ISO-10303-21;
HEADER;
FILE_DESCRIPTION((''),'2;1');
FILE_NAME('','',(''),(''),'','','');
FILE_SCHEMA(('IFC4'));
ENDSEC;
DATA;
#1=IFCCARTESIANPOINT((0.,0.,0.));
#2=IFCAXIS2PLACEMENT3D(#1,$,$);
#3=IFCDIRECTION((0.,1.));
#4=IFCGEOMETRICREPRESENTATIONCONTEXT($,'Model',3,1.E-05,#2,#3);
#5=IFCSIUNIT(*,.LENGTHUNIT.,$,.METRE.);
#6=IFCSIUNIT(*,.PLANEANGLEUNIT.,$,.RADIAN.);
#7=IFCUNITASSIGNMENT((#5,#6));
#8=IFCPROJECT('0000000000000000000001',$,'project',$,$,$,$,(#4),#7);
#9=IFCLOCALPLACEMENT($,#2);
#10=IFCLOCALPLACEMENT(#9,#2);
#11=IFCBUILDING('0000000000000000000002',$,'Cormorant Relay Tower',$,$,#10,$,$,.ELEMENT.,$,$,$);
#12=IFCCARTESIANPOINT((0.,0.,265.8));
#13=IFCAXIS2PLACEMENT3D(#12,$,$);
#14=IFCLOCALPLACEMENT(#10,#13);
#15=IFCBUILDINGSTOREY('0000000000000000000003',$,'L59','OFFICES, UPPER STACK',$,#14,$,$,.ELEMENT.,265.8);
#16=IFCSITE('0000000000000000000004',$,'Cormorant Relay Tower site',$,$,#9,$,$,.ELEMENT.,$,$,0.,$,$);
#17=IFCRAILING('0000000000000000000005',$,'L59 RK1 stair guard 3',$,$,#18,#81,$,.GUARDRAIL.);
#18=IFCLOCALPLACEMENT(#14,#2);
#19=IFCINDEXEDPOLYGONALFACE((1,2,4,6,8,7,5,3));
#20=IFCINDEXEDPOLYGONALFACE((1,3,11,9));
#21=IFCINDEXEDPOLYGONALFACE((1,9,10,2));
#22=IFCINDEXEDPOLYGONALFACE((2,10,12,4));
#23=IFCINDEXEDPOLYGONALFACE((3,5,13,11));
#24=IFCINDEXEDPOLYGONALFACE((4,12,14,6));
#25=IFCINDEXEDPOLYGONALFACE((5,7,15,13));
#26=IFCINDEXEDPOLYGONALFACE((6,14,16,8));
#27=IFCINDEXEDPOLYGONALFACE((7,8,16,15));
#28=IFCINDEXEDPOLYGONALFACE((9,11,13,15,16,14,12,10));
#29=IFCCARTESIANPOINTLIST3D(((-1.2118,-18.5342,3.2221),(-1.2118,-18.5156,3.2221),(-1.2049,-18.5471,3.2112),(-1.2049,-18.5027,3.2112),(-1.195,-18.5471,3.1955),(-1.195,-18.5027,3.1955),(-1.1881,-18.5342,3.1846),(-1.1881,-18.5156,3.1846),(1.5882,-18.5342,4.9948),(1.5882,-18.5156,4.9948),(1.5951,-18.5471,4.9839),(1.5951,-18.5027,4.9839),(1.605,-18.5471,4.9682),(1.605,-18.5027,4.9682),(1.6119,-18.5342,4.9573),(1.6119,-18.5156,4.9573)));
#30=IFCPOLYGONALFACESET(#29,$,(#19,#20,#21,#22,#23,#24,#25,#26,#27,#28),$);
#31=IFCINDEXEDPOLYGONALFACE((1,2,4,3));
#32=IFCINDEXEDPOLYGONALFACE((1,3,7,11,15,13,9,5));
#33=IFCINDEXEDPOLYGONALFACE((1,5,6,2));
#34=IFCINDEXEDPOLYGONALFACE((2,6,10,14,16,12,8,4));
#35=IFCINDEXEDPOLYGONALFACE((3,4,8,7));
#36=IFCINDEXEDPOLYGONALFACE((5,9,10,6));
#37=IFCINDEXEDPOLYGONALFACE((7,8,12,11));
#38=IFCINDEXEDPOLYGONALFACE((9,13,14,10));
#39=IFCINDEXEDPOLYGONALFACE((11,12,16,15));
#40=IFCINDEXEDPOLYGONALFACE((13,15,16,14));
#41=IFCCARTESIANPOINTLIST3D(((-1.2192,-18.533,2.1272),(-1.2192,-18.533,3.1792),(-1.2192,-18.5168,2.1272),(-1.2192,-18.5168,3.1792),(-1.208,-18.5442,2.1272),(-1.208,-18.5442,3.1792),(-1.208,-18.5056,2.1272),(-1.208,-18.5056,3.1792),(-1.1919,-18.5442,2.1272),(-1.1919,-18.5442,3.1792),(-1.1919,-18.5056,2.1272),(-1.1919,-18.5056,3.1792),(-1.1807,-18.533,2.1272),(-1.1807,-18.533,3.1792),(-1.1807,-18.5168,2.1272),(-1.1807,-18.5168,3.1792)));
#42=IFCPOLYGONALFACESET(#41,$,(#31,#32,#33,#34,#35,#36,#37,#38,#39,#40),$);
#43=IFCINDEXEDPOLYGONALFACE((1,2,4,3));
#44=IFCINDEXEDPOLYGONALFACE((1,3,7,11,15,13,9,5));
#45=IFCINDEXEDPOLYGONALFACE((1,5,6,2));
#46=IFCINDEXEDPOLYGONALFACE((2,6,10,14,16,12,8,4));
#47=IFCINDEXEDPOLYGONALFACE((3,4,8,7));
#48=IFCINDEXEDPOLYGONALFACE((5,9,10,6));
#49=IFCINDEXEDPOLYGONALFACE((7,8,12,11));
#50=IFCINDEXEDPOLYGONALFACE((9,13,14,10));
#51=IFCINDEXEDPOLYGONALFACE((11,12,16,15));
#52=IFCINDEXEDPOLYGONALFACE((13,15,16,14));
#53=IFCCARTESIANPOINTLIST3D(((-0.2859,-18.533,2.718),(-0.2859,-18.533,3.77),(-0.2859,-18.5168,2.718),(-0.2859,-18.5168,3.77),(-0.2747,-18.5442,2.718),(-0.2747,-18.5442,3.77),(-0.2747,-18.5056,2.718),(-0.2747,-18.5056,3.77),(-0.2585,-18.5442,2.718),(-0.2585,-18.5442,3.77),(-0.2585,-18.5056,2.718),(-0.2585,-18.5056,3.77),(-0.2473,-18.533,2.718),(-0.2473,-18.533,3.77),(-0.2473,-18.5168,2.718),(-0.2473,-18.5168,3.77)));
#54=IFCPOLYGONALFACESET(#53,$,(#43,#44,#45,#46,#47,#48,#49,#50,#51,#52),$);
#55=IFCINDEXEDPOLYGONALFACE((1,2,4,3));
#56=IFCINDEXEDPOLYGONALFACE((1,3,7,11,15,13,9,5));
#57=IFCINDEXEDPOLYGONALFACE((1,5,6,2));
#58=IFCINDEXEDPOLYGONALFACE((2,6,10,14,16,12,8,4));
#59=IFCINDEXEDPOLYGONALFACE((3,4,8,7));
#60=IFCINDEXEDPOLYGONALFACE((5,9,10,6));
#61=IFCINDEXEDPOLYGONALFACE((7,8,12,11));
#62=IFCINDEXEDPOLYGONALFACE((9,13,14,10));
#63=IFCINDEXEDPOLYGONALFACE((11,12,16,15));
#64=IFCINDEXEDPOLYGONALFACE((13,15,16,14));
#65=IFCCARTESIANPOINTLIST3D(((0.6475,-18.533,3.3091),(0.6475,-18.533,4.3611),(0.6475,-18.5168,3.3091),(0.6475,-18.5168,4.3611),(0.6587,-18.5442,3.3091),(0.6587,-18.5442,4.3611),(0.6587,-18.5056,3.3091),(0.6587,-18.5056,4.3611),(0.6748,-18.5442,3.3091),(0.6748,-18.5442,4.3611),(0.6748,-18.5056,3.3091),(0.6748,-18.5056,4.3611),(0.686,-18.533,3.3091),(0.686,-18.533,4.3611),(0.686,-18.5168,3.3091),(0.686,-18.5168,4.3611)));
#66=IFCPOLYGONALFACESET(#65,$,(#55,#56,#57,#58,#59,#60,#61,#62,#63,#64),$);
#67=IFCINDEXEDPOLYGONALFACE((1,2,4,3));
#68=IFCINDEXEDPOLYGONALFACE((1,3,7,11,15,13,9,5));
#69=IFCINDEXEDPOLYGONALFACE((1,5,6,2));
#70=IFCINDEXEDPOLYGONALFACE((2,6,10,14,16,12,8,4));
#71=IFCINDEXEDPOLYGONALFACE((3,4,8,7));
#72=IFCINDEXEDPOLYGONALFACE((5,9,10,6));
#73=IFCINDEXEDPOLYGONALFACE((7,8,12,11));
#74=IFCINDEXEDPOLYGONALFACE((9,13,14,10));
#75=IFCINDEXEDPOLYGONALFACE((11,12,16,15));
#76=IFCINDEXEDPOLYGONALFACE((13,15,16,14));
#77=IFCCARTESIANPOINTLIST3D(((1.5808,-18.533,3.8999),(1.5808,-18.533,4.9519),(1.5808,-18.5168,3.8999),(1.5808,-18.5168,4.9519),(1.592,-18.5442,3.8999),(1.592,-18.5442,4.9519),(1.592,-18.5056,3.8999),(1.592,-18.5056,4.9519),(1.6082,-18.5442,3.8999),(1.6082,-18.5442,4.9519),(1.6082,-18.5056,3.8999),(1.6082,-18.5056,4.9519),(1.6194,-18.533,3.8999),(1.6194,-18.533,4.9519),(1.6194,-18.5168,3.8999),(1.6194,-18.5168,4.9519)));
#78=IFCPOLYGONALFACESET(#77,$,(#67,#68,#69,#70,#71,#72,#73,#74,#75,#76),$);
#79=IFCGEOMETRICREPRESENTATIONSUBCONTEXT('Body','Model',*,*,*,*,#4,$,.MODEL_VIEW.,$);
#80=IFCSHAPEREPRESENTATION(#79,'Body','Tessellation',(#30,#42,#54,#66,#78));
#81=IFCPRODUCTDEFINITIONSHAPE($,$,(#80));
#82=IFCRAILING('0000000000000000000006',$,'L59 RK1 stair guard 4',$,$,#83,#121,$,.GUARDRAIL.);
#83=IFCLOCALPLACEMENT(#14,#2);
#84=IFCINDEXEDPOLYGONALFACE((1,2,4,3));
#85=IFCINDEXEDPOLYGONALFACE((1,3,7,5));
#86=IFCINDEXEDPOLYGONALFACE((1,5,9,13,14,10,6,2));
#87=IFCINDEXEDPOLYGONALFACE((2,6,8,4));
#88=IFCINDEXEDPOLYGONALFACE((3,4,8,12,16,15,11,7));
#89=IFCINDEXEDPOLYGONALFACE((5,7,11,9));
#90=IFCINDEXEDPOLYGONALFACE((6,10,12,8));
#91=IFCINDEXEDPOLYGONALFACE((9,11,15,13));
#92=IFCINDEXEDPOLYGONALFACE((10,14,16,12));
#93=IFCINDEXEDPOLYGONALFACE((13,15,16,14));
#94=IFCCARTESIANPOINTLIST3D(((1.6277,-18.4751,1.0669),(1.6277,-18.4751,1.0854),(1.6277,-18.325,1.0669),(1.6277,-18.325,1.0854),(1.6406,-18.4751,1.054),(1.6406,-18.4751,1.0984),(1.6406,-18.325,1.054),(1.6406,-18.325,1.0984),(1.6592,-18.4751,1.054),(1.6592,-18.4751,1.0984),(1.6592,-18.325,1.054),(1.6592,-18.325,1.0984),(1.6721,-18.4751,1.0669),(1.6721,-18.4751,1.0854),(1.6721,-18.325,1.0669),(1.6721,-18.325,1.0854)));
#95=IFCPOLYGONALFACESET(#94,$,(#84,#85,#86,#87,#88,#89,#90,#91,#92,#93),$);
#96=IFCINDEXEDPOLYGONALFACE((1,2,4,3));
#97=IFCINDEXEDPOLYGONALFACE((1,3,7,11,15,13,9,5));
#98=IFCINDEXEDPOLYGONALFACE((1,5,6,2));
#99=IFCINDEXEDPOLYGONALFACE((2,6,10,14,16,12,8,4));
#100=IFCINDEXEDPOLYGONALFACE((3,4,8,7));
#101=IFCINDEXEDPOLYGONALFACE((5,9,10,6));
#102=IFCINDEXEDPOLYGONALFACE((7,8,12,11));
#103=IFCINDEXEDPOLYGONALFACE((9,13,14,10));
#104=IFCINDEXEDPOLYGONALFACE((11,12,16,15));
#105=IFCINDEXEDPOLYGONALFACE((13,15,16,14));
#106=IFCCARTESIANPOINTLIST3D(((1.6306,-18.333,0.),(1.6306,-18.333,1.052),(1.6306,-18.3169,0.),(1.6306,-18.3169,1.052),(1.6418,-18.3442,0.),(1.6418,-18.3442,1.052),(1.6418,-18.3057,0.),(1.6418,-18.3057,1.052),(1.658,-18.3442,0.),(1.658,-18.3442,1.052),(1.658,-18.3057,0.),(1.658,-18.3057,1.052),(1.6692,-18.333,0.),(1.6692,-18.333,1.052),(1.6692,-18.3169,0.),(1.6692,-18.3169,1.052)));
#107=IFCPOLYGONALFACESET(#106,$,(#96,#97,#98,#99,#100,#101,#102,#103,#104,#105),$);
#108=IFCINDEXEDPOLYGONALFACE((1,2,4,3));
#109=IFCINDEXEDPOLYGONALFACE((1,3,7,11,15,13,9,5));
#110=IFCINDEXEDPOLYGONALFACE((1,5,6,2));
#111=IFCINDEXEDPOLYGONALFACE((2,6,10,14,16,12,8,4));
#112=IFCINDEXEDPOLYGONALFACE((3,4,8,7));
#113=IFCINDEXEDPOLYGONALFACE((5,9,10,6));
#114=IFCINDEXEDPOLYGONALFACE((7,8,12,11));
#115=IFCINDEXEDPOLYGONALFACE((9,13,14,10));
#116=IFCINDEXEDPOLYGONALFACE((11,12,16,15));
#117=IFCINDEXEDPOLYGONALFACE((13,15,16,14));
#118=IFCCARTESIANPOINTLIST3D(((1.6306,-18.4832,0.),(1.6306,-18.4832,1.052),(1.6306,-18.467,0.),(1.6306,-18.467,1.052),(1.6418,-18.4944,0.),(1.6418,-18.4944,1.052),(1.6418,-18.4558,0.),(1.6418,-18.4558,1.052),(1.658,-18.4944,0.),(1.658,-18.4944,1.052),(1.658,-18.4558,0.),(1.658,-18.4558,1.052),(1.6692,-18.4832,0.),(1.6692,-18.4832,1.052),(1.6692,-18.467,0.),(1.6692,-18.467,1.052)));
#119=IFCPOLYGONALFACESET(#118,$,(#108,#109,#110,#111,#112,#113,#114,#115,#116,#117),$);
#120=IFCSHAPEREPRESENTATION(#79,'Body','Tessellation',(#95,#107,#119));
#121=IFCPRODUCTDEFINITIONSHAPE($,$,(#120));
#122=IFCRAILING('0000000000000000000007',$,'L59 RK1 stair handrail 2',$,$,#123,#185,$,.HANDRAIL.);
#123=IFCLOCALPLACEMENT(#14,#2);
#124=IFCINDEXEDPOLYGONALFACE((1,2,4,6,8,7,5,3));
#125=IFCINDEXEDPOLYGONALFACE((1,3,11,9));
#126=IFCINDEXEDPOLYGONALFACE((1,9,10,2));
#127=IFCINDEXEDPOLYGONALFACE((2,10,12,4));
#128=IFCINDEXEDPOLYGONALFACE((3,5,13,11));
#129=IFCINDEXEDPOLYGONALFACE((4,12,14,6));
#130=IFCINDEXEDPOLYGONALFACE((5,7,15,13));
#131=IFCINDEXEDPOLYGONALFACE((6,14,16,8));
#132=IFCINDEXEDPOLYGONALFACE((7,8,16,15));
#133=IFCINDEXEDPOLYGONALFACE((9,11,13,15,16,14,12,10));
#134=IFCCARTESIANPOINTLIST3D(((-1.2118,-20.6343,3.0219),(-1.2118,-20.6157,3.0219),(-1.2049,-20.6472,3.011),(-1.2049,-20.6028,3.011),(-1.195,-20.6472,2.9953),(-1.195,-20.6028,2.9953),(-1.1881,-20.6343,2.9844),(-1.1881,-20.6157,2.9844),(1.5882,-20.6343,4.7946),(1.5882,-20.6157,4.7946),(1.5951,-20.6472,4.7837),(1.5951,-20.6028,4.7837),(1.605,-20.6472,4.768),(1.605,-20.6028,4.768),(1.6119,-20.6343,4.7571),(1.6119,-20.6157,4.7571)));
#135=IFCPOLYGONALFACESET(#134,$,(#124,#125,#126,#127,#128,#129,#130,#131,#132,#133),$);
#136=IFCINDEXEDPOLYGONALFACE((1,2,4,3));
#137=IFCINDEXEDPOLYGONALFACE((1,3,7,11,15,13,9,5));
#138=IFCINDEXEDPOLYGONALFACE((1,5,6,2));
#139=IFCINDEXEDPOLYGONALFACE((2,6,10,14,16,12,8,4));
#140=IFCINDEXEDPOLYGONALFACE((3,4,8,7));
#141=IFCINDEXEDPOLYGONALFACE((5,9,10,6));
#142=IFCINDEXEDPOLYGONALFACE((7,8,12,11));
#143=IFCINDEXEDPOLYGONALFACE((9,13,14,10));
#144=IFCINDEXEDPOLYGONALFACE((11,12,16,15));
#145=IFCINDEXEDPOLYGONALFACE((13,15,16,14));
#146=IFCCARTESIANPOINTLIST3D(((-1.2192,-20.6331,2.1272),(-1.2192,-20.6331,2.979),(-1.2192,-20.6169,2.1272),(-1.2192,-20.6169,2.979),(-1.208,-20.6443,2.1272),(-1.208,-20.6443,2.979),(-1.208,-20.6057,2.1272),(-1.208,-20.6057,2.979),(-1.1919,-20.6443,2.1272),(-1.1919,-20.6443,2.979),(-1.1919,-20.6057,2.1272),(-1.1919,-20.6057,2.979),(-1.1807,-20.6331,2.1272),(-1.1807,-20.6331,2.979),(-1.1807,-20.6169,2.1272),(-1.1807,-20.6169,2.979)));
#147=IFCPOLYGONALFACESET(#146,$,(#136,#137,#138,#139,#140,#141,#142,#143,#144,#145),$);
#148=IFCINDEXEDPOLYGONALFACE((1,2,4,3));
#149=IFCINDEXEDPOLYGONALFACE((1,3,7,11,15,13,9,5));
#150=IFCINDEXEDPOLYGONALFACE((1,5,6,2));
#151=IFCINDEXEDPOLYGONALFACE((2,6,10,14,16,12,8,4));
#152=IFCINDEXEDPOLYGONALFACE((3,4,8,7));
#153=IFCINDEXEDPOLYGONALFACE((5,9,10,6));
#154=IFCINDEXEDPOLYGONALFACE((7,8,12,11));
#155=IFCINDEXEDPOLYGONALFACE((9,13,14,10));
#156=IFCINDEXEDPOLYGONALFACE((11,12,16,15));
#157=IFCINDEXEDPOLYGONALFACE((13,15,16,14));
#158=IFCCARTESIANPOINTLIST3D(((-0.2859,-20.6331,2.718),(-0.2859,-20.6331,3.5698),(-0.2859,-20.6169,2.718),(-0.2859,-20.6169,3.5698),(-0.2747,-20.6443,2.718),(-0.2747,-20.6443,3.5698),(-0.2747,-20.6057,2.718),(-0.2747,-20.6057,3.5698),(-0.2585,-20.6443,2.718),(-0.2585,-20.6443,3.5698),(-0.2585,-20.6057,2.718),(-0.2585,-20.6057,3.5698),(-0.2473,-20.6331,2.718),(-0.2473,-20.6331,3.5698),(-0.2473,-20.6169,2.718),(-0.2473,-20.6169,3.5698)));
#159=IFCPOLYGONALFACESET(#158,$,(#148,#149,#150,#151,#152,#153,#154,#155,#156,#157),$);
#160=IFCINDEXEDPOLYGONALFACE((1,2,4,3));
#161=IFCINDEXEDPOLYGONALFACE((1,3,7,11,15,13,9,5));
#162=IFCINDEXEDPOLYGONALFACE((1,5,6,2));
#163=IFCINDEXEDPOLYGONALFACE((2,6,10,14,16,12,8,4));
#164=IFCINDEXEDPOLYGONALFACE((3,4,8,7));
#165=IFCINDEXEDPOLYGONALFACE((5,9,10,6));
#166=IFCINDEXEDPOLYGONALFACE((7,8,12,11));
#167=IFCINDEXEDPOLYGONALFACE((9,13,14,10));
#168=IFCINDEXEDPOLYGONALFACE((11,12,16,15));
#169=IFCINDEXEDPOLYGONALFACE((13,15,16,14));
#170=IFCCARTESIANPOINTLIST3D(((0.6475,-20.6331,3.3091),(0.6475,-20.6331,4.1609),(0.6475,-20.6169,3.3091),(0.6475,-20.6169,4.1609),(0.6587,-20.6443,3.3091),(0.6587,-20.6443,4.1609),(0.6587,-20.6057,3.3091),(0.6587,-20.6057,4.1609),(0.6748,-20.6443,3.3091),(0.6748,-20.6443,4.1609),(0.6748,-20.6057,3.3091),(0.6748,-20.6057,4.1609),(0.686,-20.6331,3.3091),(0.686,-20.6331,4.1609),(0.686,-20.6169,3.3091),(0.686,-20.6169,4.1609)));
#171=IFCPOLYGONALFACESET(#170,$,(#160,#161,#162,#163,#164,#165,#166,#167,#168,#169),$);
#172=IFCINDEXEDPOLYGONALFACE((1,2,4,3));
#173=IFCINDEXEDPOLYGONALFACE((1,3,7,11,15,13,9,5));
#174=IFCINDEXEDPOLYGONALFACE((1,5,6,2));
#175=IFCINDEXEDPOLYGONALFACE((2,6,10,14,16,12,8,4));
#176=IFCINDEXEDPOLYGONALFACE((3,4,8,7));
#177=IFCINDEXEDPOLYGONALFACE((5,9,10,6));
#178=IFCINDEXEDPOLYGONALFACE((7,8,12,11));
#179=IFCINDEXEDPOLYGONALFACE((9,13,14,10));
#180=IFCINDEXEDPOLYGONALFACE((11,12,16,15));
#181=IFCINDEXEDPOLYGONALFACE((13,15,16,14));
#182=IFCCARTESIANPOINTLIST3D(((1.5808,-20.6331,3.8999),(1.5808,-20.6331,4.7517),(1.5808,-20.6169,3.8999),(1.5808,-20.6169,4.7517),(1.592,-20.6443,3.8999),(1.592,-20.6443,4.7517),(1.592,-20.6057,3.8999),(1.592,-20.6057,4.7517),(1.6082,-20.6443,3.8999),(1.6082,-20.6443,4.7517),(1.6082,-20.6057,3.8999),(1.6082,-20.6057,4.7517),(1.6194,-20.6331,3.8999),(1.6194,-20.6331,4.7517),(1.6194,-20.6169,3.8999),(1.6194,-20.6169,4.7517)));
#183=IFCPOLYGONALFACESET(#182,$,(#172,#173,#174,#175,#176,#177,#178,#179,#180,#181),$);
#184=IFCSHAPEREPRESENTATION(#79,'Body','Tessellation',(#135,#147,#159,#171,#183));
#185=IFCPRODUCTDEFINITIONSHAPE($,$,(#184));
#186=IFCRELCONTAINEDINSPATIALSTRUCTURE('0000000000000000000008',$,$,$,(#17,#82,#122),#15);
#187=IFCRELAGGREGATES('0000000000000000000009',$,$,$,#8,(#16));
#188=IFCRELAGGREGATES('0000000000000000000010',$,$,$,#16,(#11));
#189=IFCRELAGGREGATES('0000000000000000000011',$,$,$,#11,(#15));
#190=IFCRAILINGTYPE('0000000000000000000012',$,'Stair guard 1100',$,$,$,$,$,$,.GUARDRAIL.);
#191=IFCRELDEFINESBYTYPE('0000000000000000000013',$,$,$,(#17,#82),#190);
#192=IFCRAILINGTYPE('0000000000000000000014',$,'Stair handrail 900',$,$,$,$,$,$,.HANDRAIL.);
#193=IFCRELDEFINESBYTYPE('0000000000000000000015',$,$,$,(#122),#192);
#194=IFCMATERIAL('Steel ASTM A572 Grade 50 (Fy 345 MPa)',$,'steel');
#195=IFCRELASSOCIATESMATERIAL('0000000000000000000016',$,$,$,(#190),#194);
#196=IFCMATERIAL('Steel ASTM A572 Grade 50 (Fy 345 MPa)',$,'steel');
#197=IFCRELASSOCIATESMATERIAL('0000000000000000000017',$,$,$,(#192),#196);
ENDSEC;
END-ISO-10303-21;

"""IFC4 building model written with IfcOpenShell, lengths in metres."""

from ifc_helpers import new_model, si_unit, direction, frame, origin, place, context, subcontext, project, spatial, polyline, outline, extrude, material, type_object, element, save


model = new_model("IFC4")

# Units and contexts
model_context = context("Model", 3, precision=1e-05, world=origin(), true_north=direction((0.0, 1.0)))
body_context = subcontext(model_context, "Body", "Model", "MODEL_VIEW")
ifc_project = project(units=[si_unit("LENGTHUNIT", "METRE"), si_unit("PLANEANGLEUNIT", "RADIAN")], contexts=[model_context])

# Site, building, storey
site_placement = place(None, origin())
site = spatial("IfcSite", under=ifc_project, at=site_placement, Name="Cormorant Relay Tower site", CompositionType="ELEMENT", RefElevation=0.0)
building_placement = place(site_placement, origin())
building = spatial("IfcBuilding", under=site, at=building_placement, Name="Cormorant Relay Tower", CompositionType="ELEMENT")
storey_placement = place(building_placement, frame((0.0, 0.0, 265.8)))
storey = spatial("IfcBuildingStorey", under=building, at=storey_placement, Name="L59", Description="OFFICES, UPPER STACK", CompositionType="ELEMENT", Elevation=265.8)

# Railings
ifc_material_1 = material(Name="Steel ASTM A572 Grade 50 (Fy 345 MPa)", Category="steel")
railing_type_1 = type_object("IfcRailingType", Name="Stair guard 1100", PredefinedType="GUARDRAIL", material=ifc_material_1)
railing_1_placement = place(storey_placement, frame((-1.2, -18.5249, 2.1272)))
element("IfcRailing", 1, at=railing_1_placement, inside=storey, type_object=railing_type_1, Name="L59 RK1 stair guard 3", PredefinedType="GUARDRAIL", context=body_context, shape_type="SweptSolid", body=[
    extrude(outline(polyline([(0.0222, 0.0093), (0.0093, 0.0222), (-0.0093, 0.0222), (-0.0222, 0.0093), (-0.0222, -0.0093), (-0.0093, -0.0222), (0.0093, -0.0222), (0.0222, -0.0093), (0.0222, 0.0093)])), frame((0.0, 0.0, 1.0762), z_axis=(0.844909, 0.0, 0.53491), x_axis=(0.0, 1.0, 0.0)), (0.0, 0.0, 1.0), 3.314),
    extrude(outline(polyline([(0.0193, 0.0081), (0.0081, 0.0193), (-0.0081, 0.0193), (-0.0193, 0.0081), (-0.0193, -0.0081), (-0.0081, -0.0193), (0.0081, -0.0193), (0.0193, -0.0081), (0.0193, 0.0081)])), origin(), (0.0, 0.0, 1.0), 1.052),
    extrude(outline(polyline([(0.0193, 0.0081), (0.0081, 0.0193), (-0.0081, 0.0193), (-0.0193, 0.0081), (-0.0193, -0.0081), (-0.0081, -0.0193), (0.0081, -0.0193), (0.0193, -0.0081), (0.0193, 0.0081)])), frame((0.9333, 0.0, 0.5908)), (0.0, 0.0, 1.0), 1.052),
    extrude(outline(polyline([(0.0193, 0.0081), (0.0081, 0.0193), (-0.0081, 0.0193), (-0.0193, 0.0081), (-0.0193, -0.0081), (-0.0081, -0.0193), (0.0081, -0.0193), (0.0193, -0.0081), (0.0193, 0.0081)])), frame((1.8667, 0.0, 1.1819)), (0.0, 0.0, 1.0), 1.052),
    extrude(outline(polyline([(0.0193, 0.0081), (0.0081, 0.0193), (-0.0081, 0.0193), (-0.0193, 0.0081), (-0.0193, -0.0081), (-0.0081, -0.0193), (0.0081, -0.0193), (0.0193, -0.0081), (0.0193, 0.0081)])), frame((2.8, 0.0, 1.7727)), (0.0, 0.0, 1.0), 1.052),
])
railing_2_placement = place(storey_placement, frame((1.6499, -18.325, 0.0)))
element("IfcRailing", 2, at=railing_2_placement, inside=storey, type_object=railing_type_1, Name="L59 RK1 stair guard 4", PredefinedType="GUARDRAIL", context=body_context, shape_type="SweptSolid", body=[
    extrude(outline(polyline([(0.0222, 0.0093), (0.0093, 0.0222), (-0.0093, 0.0222), (-0.0222, 0.0093), (-0.0222, -0.0093), (-0.0093, -0.0222), (0.0093, -0.0222), (0.0222, -0.0093), (0.0222, 0.0093)])), frame((0.0, 0.0, 1.0762), z_axis=(0.0, -1.0, 0.0), x_axis=(1.0, 0.0, 0.0)), (0.0, 0.0, 1.0), 0.1501),
    extrude(outline(polyline([(0.0193, 0.0081), (0.0081, 0.0193), (-0.0081, 0.0193), (-0.0193, 0.0081), (-0.0193, -0.0081), (-0.0081, -0.0193), (0.0081, -0.0193), (0.0193, -0.0081), (0.0193, 0.0081)])), origin(), (0.0, 0.0, 1.0), 1.052),
    extrude(outline(polyline([(0.0193, 0.0081), (0.0081, 0.0193), (-0.0081, 0.0193), (-0.0193, 0.0081), (-0.0193, -0.0081), (-0.0081, -0.0193), (0.0081, -0.0193), (0.0193, -0.0081), (0.0193, 0.0081)])), frame((0.0, -0.1501, 0.0)), (0.0, 0.0, 1.0), 1.052),
])
ifc_material_2 = material(Name="Steel ASTM A572 Grade 50 (Fy 345 MPa)", Category="steel")
railing_type_2 = type_object("IfcRailingType", Name="Stair handrail 900", PredefinedType="HANDRAIL", material=ifc_material_2)
railing_3_placement = place(storey_placement, frame((-1.2, -20.625, 2.1272)))
element("IfcRailing", 3, at=railing_3_placement, inside=storey, type_object=railing_type_2, Name="L59 RK1 stair handrail 2", PredefinedType="HANDRAIL", context=body_context, shape_type="SweptSolid", body=[
    extrude(outline(polyline([(0.0222, 0.0093), (0.0093, 0.0222), (-0.0093, 0.0222), (-0.0222, 0.0093), (-0.0222, -0.0093), (-0.0093, -0.0222), (0.0093, -0.0222), (0.0222, -0.0093), (0.0222, 0.0093)])), frame((0.0, 0.0, 0.876), z_axis=(0.844909, 0.0, 0.53491), x_axis=(0.0, 1.0, 0.0)), (0.0, 0.0, 1.0), 3.314),
    extrude(outline(polyline([(0.0193, 0.0081), (0.0081, 0.0193), (-0.0081, 0.0193), (-0.0193, 0.0081), (-0.0193, -0.0081), (-0.0081, -0.0193), (0.0081, -0.0193), (0.0193, -0.0081), (0.0193, 0.0081)])), origin(), (0.0, 0.0, 1.0), 0.8518),
    extrude(outline(polyline([(0.0193, 0.0081), (0.0081, 0.0193), (-0.0081, 0.0193), (-0.0193, 0.0081), (-0.0193, -0.0081), (-0.0081, -0.0193), (0.0081, -0.0193), (0.0193, -0.0081), (0.0193, 0.0081)])), frame((0.9333, 0.0, 0.5908)), (0.0, 0.0, 1.0), 0.8518),
    extrude(outline(polyline([(0.0193, 0.0081), (0.0081, 0.0193), (-0.0081, 0.0193), (-0.0193, 0.0081), (-0.0193, -0.0081), (-0.0081, -0.0193), (0.0081, -0.0193), (0.0193, -0.0081), (0.0193, 0.0081)])), frame((1.8667, 0.0, 1.1819)), (0.0, 0.0, 1.0), 0.8518),
    extrude(outline(polyline([(0.0193, 0.0081), (0.0081, 0.0193), (-0.0081, 0.0193), (-0.0193, 0.0081), (-0.0193, -0.0081), (-0.0081, -0.0193), (0.0081, -0.0193), (0.0193, -0.0081), (0.0193, 0.0081)])), frame((2.8, 0.0, 1.7727)), (0.0, 0.0, 1.0), 0.8518),
])

save(model, "model.ifc")
